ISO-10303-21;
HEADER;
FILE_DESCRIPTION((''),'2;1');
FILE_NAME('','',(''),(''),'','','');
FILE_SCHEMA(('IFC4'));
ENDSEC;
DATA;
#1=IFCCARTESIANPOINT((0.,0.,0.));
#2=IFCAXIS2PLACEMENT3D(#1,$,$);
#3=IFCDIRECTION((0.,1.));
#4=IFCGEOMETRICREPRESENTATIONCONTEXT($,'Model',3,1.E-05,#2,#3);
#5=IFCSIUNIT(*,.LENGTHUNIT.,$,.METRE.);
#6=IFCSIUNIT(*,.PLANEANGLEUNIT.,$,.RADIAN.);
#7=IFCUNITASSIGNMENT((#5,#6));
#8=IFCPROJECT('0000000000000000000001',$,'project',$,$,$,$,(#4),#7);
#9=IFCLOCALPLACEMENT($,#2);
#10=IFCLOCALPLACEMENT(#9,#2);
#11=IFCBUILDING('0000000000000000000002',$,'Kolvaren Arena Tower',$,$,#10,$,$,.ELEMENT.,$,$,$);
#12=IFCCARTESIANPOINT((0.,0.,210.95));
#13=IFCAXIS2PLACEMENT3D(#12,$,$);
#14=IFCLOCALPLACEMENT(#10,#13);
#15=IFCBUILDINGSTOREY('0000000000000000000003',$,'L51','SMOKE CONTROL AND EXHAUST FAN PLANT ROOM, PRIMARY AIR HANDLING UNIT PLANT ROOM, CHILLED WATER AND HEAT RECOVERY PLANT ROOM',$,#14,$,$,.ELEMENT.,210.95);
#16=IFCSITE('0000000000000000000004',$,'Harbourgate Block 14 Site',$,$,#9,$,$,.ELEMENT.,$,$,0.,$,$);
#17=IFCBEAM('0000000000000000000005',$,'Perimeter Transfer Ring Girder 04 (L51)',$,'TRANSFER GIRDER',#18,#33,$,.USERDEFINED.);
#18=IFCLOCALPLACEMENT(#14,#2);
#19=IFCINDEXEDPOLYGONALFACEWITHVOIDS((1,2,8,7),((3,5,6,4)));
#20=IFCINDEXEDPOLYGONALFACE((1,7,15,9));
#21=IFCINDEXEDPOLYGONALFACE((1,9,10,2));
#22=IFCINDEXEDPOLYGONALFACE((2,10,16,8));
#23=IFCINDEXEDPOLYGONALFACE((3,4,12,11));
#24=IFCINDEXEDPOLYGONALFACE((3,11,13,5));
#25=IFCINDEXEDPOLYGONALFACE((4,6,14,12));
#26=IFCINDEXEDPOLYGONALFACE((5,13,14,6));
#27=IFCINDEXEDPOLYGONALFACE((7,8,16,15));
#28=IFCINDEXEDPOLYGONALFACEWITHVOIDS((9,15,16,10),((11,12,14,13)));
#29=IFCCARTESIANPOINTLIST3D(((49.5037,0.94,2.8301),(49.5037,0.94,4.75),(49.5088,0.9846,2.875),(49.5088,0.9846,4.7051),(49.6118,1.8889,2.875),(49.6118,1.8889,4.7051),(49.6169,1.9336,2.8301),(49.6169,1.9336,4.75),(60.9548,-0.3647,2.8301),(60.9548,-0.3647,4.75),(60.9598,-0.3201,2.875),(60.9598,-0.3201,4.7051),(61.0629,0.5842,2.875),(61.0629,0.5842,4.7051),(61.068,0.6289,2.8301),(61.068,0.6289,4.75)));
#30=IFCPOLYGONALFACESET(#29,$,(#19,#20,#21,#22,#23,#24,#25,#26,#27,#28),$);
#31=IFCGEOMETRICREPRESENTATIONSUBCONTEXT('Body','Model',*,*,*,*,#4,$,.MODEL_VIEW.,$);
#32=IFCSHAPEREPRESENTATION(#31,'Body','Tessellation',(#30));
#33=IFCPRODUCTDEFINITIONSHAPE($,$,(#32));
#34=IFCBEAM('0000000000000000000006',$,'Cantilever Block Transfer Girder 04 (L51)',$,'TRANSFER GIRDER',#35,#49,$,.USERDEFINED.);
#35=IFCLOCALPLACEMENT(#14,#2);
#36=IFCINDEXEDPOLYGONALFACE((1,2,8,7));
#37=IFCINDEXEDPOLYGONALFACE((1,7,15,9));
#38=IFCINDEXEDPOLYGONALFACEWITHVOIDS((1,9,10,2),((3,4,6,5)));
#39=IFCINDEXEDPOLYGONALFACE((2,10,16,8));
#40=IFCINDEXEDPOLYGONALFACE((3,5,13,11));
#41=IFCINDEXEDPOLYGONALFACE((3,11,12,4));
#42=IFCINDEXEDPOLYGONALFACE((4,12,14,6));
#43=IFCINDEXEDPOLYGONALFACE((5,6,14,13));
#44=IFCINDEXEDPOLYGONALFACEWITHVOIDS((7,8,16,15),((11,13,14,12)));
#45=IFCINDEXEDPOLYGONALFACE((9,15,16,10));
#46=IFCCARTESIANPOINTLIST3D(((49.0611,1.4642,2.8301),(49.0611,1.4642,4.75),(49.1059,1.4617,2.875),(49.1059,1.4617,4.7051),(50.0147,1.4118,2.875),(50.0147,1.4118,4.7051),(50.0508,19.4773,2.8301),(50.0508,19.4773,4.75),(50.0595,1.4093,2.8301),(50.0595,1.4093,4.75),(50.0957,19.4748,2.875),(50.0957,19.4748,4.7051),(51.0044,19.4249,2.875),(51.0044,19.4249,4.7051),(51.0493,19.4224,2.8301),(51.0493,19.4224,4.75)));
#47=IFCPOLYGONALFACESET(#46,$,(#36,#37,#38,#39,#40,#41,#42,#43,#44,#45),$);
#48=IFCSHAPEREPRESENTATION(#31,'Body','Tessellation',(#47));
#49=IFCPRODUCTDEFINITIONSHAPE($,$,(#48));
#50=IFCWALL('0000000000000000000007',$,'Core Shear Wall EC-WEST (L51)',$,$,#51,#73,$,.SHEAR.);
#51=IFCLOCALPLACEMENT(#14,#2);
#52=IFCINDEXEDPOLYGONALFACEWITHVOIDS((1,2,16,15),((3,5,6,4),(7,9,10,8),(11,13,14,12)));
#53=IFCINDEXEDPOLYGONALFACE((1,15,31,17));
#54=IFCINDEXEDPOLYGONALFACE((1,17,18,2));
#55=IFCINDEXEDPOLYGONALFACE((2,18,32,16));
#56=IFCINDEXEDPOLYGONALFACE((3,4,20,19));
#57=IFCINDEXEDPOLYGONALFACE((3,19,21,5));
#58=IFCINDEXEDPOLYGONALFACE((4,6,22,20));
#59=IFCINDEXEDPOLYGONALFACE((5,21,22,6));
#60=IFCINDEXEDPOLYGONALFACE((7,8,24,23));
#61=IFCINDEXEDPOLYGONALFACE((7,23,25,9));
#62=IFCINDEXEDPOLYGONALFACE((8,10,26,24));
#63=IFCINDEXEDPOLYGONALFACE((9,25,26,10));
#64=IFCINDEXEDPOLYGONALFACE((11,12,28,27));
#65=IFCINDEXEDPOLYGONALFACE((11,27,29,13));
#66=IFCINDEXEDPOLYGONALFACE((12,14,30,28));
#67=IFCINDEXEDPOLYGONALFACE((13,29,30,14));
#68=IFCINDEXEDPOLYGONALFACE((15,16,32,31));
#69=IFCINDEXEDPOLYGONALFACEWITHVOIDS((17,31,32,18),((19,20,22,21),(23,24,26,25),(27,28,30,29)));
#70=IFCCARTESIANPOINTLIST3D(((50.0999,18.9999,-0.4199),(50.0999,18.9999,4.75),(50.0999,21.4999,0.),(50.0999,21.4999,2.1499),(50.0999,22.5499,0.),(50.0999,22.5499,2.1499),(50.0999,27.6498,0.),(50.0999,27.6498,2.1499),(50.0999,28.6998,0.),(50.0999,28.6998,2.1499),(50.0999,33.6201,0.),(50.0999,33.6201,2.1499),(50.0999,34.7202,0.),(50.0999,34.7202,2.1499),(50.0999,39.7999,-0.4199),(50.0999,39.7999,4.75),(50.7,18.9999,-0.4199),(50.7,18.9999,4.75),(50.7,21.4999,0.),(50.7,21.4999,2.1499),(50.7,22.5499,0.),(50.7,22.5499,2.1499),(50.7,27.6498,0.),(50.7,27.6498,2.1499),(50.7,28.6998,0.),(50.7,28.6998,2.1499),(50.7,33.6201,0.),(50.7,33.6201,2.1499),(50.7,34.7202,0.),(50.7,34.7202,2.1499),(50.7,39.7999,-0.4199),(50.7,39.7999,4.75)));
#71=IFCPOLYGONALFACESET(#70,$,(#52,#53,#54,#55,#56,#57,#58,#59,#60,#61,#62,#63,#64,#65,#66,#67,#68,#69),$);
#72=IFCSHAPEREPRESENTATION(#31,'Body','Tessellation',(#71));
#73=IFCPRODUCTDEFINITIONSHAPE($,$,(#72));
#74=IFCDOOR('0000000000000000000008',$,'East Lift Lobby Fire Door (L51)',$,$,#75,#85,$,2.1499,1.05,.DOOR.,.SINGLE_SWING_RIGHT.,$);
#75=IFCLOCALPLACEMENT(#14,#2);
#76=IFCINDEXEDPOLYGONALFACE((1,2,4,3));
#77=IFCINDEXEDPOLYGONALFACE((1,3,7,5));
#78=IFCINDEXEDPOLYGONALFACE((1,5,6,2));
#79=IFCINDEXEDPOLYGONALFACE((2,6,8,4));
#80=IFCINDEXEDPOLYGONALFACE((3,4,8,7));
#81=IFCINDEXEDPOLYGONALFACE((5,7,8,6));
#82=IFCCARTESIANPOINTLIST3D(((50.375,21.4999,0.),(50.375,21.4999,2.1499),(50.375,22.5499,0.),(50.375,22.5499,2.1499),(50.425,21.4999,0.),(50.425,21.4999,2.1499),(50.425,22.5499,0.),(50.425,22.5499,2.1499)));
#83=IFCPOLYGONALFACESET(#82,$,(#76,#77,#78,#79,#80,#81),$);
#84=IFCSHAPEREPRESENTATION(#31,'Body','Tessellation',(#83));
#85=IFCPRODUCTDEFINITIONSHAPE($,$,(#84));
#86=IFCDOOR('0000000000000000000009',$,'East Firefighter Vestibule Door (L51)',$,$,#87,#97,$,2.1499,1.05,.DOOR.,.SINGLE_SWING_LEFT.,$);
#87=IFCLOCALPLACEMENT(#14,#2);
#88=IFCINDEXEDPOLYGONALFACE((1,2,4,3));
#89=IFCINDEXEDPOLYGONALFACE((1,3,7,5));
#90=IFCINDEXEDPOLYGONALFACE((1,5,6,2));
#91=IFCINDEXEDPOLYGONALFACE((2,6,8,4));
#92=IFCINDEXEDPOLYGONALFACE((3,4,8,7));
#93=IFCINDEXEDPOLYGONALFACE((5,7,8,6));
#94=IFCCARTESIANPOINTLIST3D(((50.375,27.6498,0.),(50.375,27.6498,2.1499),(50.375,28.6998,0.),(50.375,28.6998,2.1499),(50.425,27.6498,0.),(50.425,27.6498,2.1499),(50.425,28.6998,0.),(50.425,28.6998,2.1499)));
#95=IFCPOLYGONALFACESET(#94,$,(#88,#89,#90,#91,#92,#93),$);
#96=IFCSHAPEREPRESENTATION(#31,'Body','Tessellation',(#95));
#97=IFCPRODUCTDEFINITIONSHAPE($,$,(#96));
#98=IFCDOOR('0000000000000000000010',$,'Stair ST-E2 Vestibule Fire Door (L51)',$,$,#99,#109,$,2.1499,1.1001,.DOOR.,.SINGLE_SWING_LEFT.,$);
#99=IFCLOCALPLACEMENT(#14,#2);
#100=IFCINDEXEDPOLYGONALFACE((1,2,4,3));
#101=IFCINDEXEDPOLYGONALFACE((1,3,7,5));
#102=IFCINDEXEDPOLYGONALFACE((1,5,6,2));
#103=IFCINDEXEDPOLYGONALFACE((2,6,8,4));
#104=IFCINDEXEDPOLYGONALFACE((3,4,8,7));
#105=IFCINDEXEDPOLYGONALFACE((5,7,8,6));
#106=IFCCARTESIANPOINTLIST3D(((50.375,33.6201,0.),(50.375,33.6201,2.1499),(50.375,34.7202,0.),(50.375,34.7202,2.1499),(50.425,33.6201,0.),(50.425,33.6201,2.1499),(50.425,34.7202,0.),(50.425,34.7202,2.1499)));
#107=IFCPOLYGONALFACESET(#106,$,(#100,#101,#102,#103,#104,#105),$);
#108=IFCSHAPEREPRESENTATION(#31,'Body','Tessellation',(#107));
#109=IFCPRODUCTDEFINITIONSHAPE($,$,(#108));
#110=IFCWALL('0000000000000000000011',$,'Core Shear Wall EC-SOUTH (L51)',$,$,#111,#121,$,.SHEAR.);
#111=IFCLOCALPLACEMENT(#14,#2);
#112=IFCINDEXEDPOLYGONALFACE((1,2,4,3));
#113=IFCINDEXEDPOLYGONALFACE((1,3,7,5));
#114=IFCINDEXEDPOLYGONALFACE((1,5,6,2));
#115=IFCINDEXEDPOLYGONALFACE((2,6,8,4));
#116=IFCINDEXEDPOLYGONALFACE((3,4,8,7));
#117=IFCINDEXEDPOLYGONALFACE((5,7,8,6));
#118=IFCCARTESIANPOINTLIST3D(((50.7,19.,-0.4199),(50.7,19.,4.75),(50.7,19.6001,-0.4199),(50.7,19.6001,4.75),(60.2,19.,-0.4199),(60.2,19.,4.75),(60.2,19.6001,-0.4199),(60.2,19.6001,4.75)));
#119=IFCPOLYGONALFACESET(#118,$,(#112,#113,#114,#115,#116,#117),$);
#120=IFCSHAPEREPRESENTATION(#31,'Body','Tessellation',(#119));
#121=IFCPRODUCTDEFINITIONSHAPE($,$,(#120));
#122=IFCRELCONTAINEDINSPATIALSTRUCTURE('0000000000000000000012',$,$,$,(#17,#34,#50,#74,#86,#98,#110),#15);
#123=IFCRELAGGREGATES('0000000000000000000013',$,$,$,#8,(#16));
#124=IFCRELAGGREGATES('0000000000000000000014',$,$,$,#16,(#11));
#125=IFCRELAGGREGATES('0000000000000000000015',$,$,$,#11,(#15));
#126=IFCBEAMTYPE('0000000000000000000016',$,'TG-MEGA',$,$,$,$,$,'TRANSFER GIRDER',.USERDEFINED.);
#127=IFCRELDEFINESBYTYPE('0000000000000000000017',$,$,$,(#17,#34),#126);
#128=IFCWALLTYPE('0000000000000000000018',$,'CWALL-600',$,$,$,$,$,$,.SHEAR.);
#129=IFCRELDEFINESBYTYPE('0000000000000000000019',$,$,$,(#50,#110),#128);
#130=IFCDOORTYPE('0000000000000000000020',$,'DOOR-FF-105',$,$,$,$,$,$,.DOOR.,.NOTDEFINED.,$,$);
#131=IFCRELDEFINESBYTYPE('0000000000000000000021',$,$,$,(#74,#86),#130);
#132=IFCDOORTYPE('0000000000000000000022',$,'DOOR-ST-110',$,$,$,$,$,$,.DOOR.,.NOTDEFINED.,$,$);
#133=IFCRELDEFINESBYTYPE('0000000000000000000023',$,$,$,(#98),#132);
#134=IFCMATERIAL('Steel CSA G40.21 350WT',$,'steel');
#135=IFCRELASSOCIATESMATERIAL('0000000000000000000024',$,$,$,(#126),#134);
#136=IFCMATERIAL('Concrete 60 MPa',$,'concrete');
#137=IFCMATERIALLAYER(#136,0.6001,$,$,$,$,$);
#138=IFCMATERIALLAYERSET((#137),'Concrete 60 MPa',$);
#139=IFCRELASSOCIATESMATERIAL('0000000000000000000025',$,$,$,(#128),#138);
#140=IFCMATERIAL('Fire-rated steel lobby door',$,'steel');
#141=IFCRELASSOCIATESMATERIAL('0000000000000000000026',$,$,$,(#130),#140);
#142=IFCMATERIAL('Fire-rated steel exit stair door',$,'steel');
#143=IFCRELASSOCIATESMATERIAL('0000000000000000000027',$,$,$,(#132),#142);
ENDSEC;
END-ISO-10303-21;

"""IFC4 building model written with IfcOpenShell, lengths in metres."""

from ifc_helpers import new_model, si_unit, direction, frame, frame_2d, origin, origin_2d, place, context, subcontext, project, spatial, rectangle, hollow_rectangle, extrude, material, layer, layer_set, material_profile, profile_set, type_object, element, fill, save


model = new_model("IFC4")

# Units and contexts
model_context = context("Model", 3, precision=1e-05, world=origin(), true_north=direction((0.0, 1.0)))
body_context = subcontext(model_context, "Body", "Model", "MODEL_VIEW")
ifc_project = project(units=[si_unit("LENGTHUNIT", "METRE"), si_unit("PLANEANGLEUNIT", "RADIAN")], contexts=[model_context])

# Site, building, storey
site_placement = place(None, origin())
site = spatial("IfcSite", under=ifc_project, at=site_placement, Name="Harbourgate Block 14 Site", CompositionType="ELEMENT", RefElevation=0.0)
building_placement = place(site_placement, origin())
building = spatial("IfcBuilding", under=site, at=building_placement, Name="Kolvaren Arena Tower", CompositionType="ELEMENT")
storey_placement = place(building_placement, frame((0.0, 0.0, 210.95)))
storey = spatial("IfcBuildingStorey", under=building, at=storey_placement, Name="L51", Description="SMOKE CONTROL AND EXHAUST FAN PLANT ROOM, PRIMARY AIR HANDLING UNIT PLANT ROOM, CHILLED WATER AND HEAT RECOVERY PLANT ROOM", CompositionType="ELEMENT", Elevation=210.95)

# Beams
ifc_material_1 = material(Name="Steel CSA G40.21 350WT", Category="steel")
ifc_material_profile = material_profile(ifc_material_1, hollow_rectangle(XDim=1.0, YDim=1.9199, WallThickness=0.0449, at=origin_2d()), Name="BOX 1000x1920x45")
ifc_profile_set = profile_set([ifc_material_profile], Name="Steel CSA G40.21 350WT")
beam_type = type_object("IfcBeamType", Name="TG-MEGA", ElementType="TRANSFER GIRDER", PredefinedType="USERDEFINED", material=ifc_profile_set)
beam_1_placement = place(storey_placement, frame((49.5603, 1.4368, 3.79), z_axis=(0.993572, -0.113202, 0.0), x_axis=(0.113202, 0.993572, 0.0)))
element("IfcBeam", 1, at=beam_1_placement, inside=storey, type_object=beam_type, Name="Perimeter Transfer Ring Girder 04 (L51)", ObjectType="TRANSFER GIRDER", PredefinedType="USERDEFINED", context=body_context, shape_type="SweptSolid", body=[
    extrude(hollow_rectangle(XDim=1.0, YDim=1.9199, WallThickness=0.0449, at=origin_2d()), origin(), (0.0, 0.0, 1.0), 11.5251),
])
beam_2_placement = place(storey_placement, frame((49.5603, 1.4368, 3.79), z_axis=(0.054863, 0.998494, 0.0), x_axis=(-0.998494, 0.054863, 0.0)))
element("IfcBeam", 2, at=beam_2_placement, inside=storey, type_object=beam_type, Name="Cantilever Block Transfer Girder 04 (L51)", ObjectType="TRANSFER GIRDER", PredefinedType="USERDEFINED", context=body_context, shape_type="SweptSolid", body=[
    extrude(hollow_rectangle(XDim=1.0, YDim=1.9199, WallThickness=0.0449, at=origin_2d()), origin(), (0.0, 0.0, 1.0), 18.0403),
])

# Wall, openings, doors
ifc_material_2 = material(Name="Concrete 60 MPa", Category="concrete")
ifc_layer_1 = layer(ifc_material_2, 0.6001)
ifc_layer_set_1 = layer_set([ifc_layer_1], Name="Concrete 60 MPa")
wall_type_1 = type_object("IfcWallType", Name="CWALL-600", PredefinedType="SHEAR", material=ifc_layer_set_1)
wall_1_placement = place(storey_placement, frame((50.3999, 19.0, -0.4199), z_axis=(0.0, 0.0, 1.0), x_axis=(0.0, 1.0, 0.0)))
wall_1 = element("IfcWall", 3, at=wall_1_placement, inside=storey, type_object=wall_type_1, Name="Core Shear Wall EC-WEST (L51)", PredefinedType="SHEAR", context=body_context, shape_type="SweptSolid", body=[
    extrude(rectangle(XDim=20.8, YDim=0.6001, at=frame_2d((10.3999, 0.0))), origin(), (0.0, 0.0, 1.0), 5.1699),
])
opening_1_placement = place(wall_1_placement, frame((2.5, 0.0, 0.4199)))
opening_1 = element("IfcOpeningElement", 4, at=opening_1_placement, cuts=wall_1, PredefinedType="OPENING", context=body_context, shape_type="SweptSolid", body=[
    extrude(rectangle(XDim=1.05, YDim=2.1499, at=frame_2d((0.5249, 1.075))), frame((0.0, 0.3101, 0.0), z_axis=(0.0, -1.0, 0.0), x_axis=(1.0, 0.0, 0.0)), (0.0, 0.0, 1.0), 0.6201),
])
opening_2_placement = place(wall_1_placement, frame((8.6499, 0.0, 0.4199)))
opening_2 = element("IfcOpeningElement", 5, at=opening_2_placement, cuts=wall_1, PredefinedType="OPENING", context=body_context, shape_type="SweptSolid", body=[
    extrude(rectangle(XDim=1.05, YDim=2.1499, at=frame_2d((0.5249, 1.075))), frame((0.0, 0.3101, 0.0), z_axis=(0.0, -1.0, 0.0), x_axis=(1.0, 0.0, 0.0)), (0.0, 0.0, 1.0), 0.6201),
])
opening_3_placement = place(wall_1_placement, frame((14.6201, 0.0, 0.4199)))
opening_3 = element("IfcOpeningElement", 6, at=opening_3_placement, cuts=wall_1, PredefinedType="OPENING", context=body_context, shape_type="SweptSolid", body=[
    extrude(rectangle(XDim=1.1001, YDim=2.1499, at=frame_2d((0.55, 1.075))), frame((0.0, 0.3101, 0.0), z_axis=(0.0, -1.0, 0.0), x_axis=(1.0, 0.0, 0.0)), (0.0, 0.0, 1.0), 0.6201),
])
ifc_material_3 = material(Name="Fire-rated steel lobby door", Category="steel")
door_type_1 = type_object("IfcDoorType", Name="DOOR-FF-105", OperationType="NOTDEFINED", PredefinedType="DOOR", material=ifc_material_3)
door_1_placement = place(opening_1_placement, origin())
door_1 = element("IfcDoor", 7, at=door_1_placement, inside=storey, type_object=door_type_1, Name="East Lift Lobby Fire Door (L51)", OperationType="SINGLE_SWING_RIGHT", OverallHeight=2.1499, OverallWidth=1.05, PredefinedType="DOOR", context=body_context, shape_type="SweptSolid", body=[
    extrude(rectangle(XDim=1.05, YDim=2.1499, at=frame_2d((0.5249, 1.075))), frame((0.0, 0.0249, 0.0), z_axis=(0.0, -1.0, 0.0), x_axis=(1.0, 0.0, 0.0)), (0.0, 0.0, 1.0), 0.05),
])
fill(opening_1, door_1)
door_2_placement = place(opening_2_placement, origin())
door_2 = element("IfcDoor", 8, at=door_2_placement, inside=storey, type_object=door_type_1, Name="East Firefighter Vestibule Door (L51)", OperationType="SINGLE_SWING_LEFT", OverallHeight=2.1499, OverallWidth=1.05, PredefinedType="DOOR", context=body_context, shape_type="SweptSolid", body=[
    extrude(rectangle(XDim=1.05, YDim=2.1499, at=frame_2d((0.5249, 1.075))), frame((0.0, 0.0249, 0.0), z_axis=(0.0, -1.0, 0.0), x_axis=(1.0, 0.0, 0.0)), (0.0, 0.0, 1.0), 0.05),
])
fill(opening_2, door_2)
ifc_material_4 = material(Name="Fire-rated steel exit stair door", Category="steel")
door_type_2 = type_object("IfcDoorType", Name="DOOR-ST-110", OperationType="NOTDEFINED", PredefinedType="DOOR", material=ifc_material_4)
door_3_placement = place(opening_3_placement, origin())
door_3 = element("IfcDoor", 9, at=door_3_placement, inside=storey, type_object=door_type_2, Name="Stair ST-E2 Vestibule Fire Door (L51)", OperationType="SINGLE_SWING_LEFT", OverallHeight=2.1499, OverallWidth=1.1001, PredefinedType="DOOR", context=body_context, shape_type="SweptSolid", body=[
    extrude(rectangle(XDim=1.1001, YDim=2.1499, at=frame_2d((0.55, 1.075))), frame((0.0, 0.0249, 0.0), z_axis=(0.0, -1.0, 0.0), x_axis=(1.0, 0.0, 0.0)), (0.0, 0.0, 1.0), 0.05),
])
fill(opening_3, door_3)

# Wall
wall_2_placement = place(storey_placement, frame((50.7, 19.3, -0.4199), z_axis=(0.0, 0.0, 1.0), x_axis=(1.0, 0.0, 0.0)))
element("IfcWall", 10, at=wall_2_placement, inside=storey, type_object=wall_type_1, Name="Core Shear Wall EC-SOUTH (L51)", PredefinedType="SHEAR", context=body_context, shape_type="SweptSolid", body=[
    extrude(rectangle(XDim=9.5, YDim=0.6001, at=frame_2d((4.75, 0.0))), origin(), (0.0, 0.0, 1.0), 5.1699),
])

save(model, "model.ifc")
